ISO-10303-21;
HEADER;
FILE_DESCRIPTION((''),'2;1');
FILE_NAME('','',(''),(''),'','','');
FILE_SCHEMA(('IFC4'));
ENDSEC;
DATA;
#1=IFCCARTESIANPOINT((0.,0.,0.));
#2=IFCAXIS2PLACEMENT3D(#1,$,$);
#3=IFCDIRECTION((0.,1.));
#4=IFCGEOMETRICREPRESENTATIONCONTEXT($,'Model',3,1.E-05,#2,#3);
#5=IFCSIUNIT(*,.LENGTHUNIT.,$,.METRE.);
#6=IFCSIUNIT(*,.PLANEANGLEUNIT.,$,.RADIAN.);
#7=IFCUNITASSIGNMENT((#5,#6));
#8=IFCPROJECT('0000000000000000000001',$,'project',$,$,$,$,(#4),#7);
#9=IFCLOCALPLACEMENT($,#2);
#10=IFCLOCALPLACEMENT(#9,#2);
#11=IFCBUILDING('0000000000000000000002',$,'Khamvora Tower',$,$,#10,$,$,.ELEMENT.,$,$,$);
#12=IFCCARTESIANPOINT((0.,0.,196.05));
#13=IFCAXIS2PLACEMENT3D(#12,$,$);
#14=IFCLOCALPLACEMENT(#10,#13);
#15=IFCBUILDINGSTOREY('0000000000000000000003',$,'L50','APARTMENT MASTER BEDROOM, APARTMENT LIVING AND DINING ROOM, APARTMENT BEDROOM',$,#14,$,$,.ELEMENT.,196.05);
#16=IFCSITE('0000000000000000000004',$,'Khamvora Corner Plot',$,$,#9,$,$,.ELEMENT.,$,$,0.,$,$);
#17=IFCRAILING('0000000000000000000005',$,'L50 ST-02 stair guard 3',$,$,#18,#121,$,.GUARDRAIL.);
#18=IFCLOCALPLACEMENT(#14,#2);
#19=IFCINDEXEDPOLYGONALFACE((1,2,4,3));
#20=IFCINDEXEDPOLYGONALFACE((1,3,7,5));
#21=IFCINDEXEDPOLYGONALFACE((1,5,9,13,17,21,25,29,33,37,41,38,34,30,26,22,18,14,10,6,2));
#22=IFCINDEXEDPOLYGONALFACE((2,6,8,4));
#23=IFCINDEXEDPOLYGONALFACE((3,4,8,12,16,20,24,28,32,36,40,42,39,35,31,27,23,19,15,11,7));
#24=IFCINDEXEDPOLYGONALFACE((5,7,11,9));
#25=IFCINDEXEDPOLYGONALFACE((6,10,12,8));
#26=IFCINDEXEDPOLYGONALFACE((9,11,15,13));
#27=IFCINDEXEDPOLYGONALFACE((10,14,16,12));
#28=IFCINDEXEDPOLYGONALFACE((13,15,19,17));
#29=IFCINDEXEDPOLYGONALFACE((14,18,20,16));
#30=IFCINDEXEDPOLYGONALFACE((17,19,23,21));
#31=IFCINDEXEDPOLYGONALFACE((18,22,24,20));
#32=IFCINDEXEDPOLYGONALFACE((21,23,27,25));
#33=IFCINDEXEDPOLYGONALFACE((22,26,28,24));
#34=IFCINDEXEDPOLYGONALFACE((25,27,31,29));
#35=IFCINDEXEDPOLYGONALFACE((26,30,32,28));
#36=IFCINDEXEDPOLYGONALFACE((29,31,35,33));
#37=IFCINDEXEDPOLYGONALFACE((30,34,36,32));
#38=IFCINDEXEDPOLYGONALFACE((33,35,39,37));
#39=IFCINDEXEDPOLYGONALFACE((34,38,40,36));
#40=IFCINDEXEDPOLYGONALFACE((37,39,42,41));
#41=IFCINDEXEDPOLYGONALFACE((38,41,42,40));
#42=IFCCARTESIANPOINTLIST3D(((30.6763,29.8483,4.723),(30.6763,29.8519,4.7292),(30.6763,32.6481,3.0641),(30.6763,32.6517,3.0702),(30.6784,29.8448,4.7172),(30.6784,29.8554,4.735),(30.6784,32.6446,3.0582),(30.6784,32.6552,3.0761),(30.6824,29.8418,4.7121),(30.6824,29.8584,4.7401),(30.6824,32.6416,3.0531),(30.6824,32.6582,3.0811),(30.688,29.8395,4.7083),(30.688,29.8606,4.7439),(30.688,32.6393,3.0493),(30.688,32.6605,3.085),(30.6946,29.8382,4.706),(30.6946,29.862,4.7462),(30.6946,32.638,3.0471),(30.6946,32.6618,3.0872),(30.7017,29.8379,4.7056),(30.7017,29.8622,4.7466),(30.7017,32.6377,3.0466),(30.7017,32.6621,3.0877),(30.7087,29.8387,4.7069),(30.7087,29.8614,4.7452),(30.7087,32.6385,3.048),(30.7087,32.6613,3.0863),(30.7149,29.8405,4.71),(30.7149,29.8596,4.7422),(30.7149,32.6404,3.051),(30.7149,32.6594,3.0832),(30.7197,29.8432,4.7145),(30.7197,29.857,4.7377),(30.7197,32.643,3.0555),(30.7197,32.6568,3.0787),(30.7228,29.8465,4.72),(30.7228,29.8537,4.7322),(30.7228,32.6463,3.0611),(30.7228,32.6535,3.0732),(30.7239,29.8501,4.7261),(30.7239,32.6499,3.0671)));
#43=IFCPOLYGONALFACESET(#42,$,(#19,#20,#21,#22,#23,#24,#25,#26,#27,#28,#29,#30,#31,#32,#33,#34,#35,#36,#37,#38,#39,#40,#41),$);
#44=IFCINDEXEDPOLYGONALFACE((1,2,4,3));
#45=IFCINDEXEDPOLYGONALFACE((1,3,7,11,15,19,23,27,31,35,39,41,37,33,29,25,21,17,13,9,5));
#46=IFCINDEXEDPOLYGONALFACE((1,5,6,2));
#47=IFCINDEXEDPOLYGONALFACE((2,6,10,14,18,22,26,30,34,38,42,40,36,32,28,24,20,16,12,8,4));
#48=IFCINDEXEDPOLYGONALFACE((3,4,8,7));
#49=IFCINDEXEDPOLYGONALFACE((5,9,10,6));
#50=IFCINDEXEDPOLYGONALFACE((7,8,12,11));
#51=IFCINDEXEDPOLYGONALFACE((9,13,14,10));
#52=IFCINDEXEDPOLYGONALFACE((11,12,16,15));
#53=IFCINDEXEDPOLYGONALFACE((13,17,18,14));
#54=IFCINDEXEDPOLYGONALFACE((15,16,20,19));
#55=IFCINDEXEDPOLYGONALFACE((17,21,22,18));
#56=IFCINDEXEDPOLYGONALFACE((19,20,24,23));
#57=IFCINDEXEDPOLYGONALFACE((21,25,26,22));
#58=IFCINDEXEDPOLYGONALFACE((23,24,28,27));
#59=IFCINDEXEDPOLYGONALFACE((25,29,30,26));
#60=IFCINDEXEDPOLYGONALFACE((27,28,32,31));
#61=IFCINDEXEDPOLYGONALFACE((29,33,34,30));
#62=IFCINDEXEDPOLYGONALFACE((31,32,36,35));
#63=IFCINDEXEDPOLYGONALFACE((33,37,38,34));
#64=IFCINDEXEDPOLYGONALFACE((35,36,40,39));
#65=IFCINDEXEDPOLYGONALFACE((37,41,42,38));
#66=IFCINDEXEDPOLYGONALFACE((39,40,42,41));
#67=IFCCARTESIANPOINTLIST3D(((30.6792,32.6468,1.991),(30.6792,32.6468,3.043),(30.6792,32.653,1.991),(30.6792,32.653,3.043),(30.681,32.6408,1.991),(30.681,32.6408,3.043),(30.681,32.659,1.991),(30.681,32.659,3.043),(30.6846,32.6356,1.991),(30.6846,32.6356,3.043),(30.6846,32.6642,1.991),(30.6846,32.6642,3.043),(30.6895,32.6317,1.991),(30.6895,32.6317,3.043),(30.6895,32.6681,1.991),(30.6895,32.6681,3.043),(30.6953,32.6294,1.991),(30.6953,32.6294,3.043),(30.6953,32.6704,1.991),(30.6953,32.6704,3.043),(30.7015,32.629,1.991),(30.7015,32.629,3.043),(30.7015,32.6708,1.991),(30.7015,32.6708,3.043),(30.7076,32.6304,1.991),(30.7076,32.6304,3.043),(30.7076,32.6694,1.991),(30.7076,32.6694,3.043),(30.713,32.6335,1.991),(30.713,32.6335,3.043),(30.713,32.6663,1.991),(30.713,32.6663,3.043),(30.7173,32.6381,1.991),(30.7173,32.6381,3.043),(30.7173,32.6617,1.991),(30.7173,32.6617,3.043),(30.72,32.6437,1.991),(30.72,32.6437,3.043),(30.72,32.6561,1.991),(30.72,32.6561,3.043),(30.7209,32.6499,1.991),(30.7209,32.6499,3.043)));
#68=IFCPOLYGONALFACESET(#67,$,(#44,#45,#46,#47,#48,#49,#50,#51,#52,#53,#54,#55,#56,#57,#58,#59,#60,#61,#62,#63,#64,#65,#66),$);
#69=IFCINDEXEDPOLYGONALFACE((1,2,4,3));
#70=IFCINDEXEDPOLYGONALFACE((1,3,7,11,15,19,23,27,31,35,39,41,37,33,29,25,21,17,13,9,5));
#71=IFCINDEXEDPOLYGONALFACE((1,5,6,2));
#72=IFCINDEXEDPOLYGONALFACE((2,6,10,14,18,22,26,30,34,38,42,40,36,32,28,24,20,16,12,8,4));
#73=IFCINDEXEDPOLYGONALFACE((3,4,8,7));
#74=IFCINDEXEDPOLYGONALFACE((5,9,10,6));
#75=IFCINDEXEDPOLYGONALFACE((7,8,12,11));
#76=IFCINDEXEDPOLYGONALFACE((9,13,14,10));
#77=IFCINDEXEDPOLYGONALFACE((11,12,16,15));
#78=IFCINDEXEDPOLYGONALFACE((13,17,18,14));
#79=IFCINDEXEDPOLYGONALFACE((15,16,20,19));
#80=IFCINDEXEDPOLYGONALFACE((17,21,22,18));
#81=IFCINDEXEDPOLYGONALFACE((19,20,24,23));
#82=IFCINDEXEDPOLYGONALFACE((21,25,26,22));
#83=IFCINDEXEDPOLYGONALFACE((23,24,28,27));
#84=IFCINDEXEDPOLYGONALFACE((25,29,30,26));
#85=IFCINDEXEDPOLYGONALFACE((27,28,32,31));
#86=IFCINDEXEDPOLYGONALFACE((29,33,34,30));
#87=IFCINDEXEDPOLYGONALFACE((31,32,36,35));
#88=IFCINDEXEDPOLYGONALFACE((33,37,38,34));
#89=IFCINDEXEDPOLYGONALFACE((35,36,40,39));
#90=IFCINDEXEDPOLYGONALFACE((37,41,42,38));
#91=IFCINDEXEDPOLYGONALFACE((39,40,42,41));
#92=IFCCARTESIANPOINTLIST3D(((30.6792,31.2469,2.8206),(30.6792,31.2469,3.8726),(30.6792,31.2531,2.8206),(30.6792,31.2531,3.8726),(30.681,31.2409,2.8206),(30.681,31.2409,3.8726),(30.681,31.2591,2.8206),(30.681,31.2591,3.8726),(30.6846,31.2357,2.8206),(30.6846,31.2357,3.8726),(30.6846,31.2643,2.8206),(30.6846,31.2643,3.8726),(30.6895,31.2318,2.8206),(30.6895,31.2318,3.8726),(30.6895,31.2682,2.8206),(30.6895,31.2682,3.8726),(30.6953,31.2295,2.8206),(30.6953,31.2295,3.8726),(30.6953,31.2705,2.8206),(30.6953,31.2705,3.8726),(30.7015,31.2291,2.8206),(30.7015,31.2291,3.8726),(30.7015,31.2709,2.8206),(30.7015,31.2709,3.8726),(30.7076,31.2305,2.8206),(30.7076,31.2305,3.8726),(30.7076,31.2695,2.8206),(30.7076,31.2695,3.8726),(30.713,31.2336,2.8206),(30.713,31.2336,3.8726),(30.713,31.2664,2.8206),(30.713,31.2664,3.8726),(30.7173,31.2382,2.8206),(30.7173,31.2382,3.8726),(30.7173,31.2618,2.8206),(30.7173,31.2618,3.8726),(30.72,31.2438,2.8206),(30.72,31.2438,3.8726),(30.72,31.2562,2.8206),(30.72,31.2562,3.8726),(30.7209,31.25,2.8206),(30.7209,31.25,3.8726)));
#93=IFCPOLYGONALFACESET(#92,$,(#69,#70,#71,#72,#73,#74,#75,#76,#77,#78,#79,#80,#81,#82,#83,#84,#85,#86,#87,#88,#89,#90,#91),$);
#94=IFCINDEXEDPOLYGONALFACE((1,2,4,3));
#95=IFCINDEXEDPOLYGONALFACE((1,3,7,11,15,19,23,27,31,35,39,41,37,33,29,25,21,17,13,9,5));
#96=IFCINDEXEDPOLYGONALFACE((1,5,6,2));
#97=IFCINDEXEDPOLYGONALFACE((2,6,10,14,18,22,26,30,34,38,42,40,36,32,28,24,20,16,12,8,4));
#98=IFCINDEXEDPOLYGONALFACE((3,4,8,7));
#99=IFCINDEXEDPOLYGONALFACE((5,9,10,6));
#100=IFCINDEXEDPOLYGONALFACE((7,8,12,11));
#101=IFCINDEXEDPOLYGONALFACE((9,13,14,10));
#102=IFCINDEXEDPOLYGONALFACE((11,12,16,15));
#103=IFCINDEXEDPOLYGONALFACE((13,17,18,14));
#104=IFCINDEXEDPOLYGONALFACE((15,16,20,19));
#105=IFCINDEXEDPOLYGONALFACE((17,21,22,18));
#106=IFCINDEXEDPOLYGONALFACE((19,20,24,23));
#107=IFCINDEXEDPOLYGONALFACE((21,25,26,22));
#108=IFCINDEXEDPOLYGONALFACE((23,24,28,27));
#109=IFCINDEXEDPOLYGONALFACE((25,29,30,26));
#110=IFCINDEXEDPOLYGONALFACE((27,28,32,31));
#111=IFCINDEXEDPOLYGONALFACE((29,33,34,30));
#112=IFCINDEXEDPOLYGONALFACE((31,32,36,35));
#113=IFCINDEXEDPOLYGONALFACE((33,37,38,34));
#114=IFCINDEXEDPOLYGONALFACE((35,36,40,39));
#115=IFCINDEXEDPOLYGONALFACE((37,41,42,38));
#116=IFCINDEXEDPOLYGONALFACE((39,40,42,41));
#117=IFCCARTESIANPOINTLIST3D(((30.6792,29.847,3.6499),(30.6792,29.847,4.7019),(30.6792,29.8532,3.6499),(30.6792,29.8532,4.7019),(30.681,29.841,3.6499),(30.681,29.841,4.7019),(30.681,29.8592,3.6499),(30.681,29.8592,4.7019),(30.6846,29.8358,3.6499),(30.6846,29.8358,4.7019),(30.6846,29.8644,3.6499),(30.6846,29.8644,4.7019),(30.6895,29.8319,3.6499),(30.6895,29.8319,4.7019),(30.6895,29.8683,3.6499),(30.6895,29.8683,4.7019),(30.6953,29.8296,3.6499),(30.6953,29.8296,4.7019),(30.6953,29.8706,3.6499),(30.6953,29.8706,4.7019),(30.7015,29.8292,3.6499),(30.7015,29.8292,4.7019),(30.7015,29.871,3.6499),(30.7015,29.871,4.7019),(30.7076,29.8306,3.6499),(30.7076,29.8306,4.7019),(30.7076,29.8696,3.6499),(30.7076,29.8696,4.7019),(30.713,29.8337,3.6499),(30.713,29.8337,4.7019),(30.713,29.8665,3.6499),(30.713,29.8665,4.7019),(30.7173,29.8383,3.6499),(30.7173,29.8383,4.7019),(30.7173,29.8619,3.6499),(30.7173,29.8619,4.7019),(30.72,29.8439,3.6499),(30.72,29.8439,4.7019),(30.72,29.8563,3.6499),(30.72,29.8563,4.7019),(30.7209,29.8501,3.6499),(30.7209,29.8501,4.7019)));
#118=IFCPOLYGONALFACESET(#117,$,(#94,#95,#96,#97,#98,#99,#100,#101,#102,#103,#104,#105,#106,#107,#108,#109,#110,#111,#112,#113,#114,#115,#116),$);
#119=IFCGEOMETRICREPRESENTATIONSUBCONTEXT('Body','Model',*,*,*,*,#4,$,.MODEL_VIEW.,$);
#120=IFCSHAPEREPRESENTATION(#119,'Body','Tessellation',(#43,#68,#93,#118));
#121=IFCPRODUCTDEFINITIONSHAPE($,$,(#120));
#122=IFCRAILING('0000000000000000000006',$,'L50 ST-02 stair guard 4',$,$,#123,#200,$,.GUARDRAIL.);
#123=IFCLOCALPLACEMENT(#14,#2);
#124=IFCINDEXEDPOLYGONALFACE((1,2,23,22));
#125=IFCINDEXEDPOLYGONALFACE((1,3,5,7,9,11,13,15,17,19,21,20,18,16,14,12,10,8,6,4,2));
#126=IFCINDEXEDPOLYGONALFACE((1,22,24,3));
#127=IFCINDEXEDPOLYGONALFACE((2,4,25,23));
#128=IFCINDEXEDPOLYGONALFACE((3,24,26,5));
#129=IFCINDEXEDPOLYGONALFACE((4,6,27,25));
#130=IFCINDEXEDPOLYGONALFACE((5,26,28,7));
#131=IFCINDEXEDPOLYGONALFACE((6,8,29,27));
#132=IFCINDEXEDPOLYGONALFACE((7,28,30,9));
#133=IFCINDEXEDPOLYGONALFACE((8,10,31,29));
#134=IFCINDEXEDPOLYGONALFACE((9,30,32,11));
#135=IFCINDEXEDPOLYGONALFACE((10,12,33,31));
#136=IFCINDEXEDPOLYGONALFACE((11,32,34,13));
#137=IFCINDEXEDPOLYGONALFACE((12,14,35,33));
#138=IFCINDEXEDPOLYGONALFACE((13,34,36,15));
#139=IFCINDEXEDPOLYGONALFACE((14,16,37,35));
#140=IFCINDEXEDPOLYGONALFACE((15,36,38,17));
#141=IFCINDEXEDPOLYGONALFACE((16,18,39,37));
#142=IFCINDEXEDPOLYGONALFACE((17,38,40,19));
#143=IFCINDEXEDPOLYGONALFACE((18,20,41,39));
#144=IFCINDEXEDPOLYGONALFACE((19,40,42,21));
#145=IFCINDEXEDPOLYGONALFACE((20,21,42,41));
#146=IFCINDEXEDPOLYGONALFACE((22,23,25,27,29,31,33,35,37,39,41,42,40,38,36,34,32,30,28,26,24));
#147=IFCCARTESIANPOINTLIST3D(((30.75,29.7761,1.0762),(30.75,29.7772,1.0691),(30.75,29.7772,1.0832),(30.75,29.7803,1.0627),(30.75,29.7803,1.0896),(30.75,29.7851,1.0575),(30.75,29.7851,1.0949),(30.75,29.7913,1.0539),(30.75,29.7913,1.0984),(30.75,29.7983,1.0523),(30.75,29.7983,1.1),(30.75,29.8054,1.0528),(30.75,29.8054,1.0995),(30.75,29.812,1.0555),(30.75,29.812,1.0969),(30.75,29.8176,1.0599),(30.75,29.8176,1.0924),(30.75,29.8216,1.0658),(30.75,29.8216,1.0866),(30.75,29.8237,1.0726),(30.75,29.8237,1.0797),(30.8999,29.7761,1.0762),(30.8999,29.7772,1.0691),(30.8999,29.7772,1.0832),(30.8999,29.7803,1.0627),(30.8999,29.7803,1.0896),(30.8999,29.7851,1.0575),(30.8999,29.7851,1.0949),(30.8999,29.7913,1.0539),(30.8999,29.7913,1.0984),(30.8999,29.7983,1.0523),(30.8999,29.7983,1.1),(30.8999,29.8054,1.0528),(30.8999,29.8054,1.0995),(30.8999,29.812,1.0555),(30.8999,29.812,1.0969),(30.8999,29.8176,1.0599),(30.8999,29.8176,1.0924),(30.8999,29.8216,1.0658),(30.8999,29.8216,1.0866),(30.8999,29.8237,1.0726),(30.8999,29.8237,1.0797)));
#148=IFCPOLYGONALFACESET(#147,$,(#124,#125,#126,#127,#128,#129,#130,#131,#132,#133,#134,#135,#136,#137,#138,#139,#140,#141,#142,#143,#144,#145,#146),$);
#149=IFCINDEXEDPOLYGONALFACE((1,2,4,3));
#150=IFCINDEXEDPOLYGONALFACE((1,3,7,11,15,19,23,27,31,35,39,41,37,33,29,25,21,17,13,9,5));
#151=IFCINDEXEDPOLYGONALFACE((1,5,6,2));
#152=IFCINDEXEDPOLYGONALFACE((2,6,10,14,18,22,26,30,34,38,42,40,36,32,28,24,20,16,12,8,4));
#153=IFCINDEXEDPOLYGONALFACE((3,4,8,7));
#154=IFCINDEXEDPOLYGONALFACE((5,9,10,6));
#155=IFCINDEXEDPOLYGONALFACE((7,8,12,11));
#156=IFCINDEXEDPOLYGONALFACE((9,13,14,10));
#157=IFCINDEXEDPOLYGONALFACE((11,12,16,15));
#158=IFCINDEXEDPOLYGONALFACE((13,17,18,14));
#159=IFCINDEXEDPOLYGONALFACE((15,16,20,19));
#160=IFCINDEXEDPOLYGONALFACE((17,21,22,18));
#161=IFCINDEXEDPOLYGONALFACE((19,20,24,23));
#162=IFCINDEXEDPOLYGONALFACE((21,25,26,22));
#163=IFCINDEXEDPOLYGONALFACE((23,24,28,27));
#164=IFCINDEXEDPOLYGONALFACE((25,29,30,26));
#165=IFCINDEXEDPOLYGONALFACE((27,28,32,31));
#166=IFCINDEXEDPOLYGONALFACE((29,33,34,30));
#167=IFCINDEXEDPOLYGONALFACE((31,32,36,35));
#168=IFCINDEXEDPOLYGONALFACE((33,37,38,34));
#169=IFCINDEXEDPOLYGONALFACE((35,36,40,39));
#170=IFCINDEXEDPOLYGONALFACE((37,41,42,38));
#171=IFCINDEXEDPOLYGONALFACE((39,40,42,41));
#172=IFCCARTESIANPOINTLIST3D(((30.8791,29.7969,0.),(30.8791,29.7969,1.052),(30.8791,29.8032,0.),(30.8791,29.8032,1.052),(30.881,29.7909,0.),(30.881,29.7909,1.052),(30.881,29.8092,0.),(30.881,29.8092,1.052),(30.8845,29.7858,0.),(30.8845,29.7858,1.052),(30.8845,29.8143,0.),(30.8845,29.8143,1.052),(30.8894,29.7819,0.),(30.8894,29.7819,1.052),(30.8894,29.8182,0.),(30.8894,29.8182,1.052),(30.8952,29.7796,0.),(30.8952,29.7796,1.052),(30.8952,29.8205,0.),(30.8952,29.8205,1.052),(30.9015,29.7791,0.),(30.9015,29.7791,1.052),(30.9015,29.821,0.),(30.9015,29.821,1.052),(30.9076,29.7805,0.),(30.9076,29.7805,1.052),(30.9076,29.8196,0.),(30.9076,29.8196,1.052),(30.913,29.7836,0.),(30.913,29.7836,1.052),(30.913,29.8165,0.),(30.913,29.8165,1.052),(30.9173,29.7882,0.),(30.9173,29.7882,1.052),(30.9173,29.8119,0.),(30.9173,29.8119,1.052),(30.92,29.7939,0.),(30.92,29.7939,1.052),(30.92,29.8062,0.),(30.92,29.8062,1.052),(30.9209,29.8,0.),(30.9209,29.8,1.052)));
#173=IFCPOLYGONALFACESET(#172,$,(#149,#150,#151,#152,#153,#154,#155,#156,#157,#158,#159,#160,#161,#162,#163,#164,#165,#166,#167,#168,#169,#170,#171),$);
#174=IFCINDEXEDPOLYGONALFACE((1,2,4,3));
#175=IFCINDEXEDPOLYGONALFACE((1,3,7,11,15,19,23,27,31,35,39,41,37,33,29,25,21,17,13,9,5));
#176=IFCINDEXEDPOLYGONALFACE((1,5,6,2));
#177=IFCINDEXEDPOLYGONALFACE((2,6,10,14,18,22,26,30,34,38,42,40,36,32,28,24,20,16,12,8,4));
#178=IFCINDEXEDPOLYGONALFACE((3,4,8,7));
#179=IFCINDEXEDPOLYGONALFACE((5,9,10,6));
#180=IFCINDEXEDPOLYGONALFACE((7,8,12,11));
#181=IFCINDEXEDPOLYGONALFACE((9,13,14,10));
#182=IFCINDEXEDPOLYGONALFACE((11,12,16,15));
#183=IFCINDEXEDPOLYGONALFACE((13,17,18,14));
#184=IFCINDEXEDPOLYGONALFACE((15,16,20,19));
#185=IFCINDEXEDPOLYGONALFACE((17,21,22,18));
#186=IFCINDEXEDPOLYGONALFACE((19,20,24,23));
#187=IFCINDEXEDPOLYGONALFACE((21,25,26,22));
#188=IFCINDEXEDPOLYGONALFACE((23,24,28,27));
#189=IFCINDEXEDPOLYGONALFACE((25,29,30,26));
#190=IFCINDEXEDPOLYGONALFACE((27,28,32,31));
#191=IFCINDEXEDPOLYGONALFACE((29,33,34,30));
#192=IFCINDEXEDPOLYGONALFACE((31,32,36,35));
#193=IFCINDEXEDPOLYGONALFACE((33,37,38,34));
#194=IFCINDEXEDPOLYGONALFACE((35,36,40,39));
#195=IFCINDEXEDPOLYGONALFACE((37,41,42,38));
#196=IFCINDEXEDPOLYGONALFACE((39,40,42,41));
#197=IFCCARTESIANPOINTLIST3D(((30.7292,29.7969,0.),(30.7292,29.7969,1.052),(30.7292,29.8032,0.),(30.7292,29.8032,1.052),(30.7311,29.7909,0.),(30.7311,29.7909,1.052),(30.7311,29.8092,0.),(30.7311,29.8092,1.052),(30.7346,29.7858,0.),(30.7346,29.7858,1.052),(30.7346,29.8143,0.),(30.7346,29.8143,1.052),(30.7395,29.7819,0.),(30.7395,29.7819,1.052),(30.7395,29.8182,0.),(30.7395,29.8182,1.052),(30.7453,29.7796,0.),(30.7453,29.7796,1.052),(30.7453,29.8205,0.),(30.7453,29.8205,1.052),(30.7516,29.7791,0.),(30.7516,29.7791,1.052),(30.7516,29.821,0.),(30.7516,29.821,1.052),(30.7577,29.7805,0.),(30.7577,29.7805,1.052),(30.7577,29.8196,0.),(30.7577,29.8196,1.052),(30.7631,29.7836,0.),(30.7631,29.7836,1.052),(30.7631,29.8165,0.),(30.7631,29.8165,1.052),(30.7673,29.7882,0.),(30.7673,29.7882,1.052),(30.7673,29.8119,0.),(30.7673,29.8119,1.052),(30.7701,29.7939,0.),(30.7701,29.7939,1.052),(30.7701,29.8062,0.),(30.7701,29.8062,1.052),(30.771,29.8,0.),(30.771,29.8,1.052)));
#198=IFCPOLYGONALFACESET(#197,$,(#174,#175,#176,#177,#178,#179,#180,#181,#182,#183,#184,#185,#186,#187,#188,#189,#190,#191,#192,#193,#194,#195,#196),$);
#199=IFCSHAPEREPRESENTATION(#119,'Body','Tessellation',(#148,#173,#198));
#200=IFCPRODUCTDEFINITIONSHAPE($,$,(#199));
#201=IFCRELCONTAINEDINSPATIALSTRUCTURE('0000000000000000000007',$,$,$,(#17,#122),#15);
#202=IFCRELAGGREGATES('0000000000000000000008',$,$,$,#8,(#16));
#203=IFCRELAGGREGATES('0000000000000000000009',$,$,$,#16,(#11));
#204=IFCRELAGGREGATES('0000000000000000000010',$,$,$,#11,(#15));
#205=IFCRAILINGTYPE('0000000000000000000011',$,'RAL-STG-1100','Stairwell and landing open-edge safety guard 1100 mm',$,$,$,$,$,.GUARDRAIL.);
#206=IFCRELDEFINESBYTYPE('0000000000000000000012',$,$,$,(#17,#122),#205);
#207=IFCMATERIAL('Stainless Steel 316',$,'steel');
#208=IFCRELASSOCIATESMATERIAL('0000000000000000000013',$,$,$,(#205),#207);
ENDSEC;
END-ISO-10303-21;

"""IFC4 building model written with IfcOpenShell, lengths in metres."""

from ifc_helpers import new_model, si_unit, direction, frame, origin, origin_2d, place, context, subcontext, project, spatial, circle, extrude, material, type_object, element, save


model = new_model("IFC4")

# Units and contexts
model_context = context("Model", 3, precision=1e-05, world=origin(), true_north=direction((0.0, 1.0)))
body_context = subcontext(model_context, "Body", "Model", "MODEL_VIEW")
ifc_project = project(units=[si_unit("LENGTHUNIT", "METRE"), si_unit("PLANEANGLEUNIT", "RADIAN")], contexts=[model_context])

# Site, building, storey
site_placement = place(None, origin())
site = spatial("IfcSite", under=ifc_project, at=site_placement, Name="Khamvora Corner Plot", CompositionType="ELEMENT", RefElevation=0.0)
building_placement = place(site_placement, origin())
building = spatial("IfcBuilding", under=site, at=building_placement, Name="Khamvora Tower", CompositionType="ELEMENT")
storey_placement = place(building_placement, frame((0.0, 0.0, 196.05)))
storey = spatial("IfcBuildingStorey", under=building, at=storey_placement, Name="L50", Description="APARTMENT MASTER BEDROOM, APARTMENT LIVING AND DINING ROOM, APARTMENT BEDROOM", CompositionType="ELEMENT", Elevation=196.05)

# Railings
ifc_material_1 = material(Name="Stainless Steel 316", Category="steel")
railing_type_1 = type_object("IfcRailingType", Name="RAL-STG-1100", Description="Stairwell and landing open-edge safety guard 1100 mm", PredefinedType="GUARDRAIL", material=ifc_material_1)
railing_1_placement = place(storey_placement, frame((30.7, 32.6499, 1.991)))
element("IfcRailing", 1, at=railing_1_placement, inside=storey, type_object=railing_type_1, Name="L50 ST-02 stair guard 3", PredefinedType="GUARDRAIL", context=body_context, shape_type="SweptSolid", body=[
    extrude(circle(Radius=0.0239, at=origin_2d()), frame((0.0, 0.0, 1.0762), z_axis=(0.0, -0.86032, 0.509755), x_axis=(1.0, 0.0, 0.0)), (0.0, 0.0, 1.0), 3.2544),
    extrude(circle(Radius=0.021, at=origin_2d()), origin(), (0.0, 0.0, 1.0), 1.052),
    extrude(circle(Radius=0.021, at=origin_2d()), frame((0.0, -1.3999, 0.8296)), (0.0, 0.0, 1.0), 1.052),
    extrude(circle(Radius=0.021, at=origin_2d()), frame((0.0, -2.7998, 1.6589)), (0.0, 0.0, 1.0), 1.052),
])
railing_2_placement = place(storey_placement, frame((30.8999, 29.8, 0.0)))
element("IfcRailing", 2, at=railing_2_placement, inside=storey, type_object=railing_type_1, Name="L50 ST-02 stair guard 4", PredefinedType="GUARDRAIL", context=body_context, shape_type="SweptSolid", body=[
    extrude(circle(Radius=0.0239, at=origin_2d()), frame((0.0, 0.0, 1.0762), z_axis=(-1.0, 0.0, 0.0), x_axis=(0.0, -1.0, 0.0)), (0.0, 0.0, 1.0), 0.1499),
    extrude(circle(Radius=0.021, at=origin_2d()), origin(), (0.0, 0.0, 1.0), 1.052),
    extrude(circle(Radius=0.021, at=origin_2d()), frame((-0.1499, 0.0, 0.0)), (0.0, 0.0, 1.0), 1.052),
])

save(model, "model.ifc")
